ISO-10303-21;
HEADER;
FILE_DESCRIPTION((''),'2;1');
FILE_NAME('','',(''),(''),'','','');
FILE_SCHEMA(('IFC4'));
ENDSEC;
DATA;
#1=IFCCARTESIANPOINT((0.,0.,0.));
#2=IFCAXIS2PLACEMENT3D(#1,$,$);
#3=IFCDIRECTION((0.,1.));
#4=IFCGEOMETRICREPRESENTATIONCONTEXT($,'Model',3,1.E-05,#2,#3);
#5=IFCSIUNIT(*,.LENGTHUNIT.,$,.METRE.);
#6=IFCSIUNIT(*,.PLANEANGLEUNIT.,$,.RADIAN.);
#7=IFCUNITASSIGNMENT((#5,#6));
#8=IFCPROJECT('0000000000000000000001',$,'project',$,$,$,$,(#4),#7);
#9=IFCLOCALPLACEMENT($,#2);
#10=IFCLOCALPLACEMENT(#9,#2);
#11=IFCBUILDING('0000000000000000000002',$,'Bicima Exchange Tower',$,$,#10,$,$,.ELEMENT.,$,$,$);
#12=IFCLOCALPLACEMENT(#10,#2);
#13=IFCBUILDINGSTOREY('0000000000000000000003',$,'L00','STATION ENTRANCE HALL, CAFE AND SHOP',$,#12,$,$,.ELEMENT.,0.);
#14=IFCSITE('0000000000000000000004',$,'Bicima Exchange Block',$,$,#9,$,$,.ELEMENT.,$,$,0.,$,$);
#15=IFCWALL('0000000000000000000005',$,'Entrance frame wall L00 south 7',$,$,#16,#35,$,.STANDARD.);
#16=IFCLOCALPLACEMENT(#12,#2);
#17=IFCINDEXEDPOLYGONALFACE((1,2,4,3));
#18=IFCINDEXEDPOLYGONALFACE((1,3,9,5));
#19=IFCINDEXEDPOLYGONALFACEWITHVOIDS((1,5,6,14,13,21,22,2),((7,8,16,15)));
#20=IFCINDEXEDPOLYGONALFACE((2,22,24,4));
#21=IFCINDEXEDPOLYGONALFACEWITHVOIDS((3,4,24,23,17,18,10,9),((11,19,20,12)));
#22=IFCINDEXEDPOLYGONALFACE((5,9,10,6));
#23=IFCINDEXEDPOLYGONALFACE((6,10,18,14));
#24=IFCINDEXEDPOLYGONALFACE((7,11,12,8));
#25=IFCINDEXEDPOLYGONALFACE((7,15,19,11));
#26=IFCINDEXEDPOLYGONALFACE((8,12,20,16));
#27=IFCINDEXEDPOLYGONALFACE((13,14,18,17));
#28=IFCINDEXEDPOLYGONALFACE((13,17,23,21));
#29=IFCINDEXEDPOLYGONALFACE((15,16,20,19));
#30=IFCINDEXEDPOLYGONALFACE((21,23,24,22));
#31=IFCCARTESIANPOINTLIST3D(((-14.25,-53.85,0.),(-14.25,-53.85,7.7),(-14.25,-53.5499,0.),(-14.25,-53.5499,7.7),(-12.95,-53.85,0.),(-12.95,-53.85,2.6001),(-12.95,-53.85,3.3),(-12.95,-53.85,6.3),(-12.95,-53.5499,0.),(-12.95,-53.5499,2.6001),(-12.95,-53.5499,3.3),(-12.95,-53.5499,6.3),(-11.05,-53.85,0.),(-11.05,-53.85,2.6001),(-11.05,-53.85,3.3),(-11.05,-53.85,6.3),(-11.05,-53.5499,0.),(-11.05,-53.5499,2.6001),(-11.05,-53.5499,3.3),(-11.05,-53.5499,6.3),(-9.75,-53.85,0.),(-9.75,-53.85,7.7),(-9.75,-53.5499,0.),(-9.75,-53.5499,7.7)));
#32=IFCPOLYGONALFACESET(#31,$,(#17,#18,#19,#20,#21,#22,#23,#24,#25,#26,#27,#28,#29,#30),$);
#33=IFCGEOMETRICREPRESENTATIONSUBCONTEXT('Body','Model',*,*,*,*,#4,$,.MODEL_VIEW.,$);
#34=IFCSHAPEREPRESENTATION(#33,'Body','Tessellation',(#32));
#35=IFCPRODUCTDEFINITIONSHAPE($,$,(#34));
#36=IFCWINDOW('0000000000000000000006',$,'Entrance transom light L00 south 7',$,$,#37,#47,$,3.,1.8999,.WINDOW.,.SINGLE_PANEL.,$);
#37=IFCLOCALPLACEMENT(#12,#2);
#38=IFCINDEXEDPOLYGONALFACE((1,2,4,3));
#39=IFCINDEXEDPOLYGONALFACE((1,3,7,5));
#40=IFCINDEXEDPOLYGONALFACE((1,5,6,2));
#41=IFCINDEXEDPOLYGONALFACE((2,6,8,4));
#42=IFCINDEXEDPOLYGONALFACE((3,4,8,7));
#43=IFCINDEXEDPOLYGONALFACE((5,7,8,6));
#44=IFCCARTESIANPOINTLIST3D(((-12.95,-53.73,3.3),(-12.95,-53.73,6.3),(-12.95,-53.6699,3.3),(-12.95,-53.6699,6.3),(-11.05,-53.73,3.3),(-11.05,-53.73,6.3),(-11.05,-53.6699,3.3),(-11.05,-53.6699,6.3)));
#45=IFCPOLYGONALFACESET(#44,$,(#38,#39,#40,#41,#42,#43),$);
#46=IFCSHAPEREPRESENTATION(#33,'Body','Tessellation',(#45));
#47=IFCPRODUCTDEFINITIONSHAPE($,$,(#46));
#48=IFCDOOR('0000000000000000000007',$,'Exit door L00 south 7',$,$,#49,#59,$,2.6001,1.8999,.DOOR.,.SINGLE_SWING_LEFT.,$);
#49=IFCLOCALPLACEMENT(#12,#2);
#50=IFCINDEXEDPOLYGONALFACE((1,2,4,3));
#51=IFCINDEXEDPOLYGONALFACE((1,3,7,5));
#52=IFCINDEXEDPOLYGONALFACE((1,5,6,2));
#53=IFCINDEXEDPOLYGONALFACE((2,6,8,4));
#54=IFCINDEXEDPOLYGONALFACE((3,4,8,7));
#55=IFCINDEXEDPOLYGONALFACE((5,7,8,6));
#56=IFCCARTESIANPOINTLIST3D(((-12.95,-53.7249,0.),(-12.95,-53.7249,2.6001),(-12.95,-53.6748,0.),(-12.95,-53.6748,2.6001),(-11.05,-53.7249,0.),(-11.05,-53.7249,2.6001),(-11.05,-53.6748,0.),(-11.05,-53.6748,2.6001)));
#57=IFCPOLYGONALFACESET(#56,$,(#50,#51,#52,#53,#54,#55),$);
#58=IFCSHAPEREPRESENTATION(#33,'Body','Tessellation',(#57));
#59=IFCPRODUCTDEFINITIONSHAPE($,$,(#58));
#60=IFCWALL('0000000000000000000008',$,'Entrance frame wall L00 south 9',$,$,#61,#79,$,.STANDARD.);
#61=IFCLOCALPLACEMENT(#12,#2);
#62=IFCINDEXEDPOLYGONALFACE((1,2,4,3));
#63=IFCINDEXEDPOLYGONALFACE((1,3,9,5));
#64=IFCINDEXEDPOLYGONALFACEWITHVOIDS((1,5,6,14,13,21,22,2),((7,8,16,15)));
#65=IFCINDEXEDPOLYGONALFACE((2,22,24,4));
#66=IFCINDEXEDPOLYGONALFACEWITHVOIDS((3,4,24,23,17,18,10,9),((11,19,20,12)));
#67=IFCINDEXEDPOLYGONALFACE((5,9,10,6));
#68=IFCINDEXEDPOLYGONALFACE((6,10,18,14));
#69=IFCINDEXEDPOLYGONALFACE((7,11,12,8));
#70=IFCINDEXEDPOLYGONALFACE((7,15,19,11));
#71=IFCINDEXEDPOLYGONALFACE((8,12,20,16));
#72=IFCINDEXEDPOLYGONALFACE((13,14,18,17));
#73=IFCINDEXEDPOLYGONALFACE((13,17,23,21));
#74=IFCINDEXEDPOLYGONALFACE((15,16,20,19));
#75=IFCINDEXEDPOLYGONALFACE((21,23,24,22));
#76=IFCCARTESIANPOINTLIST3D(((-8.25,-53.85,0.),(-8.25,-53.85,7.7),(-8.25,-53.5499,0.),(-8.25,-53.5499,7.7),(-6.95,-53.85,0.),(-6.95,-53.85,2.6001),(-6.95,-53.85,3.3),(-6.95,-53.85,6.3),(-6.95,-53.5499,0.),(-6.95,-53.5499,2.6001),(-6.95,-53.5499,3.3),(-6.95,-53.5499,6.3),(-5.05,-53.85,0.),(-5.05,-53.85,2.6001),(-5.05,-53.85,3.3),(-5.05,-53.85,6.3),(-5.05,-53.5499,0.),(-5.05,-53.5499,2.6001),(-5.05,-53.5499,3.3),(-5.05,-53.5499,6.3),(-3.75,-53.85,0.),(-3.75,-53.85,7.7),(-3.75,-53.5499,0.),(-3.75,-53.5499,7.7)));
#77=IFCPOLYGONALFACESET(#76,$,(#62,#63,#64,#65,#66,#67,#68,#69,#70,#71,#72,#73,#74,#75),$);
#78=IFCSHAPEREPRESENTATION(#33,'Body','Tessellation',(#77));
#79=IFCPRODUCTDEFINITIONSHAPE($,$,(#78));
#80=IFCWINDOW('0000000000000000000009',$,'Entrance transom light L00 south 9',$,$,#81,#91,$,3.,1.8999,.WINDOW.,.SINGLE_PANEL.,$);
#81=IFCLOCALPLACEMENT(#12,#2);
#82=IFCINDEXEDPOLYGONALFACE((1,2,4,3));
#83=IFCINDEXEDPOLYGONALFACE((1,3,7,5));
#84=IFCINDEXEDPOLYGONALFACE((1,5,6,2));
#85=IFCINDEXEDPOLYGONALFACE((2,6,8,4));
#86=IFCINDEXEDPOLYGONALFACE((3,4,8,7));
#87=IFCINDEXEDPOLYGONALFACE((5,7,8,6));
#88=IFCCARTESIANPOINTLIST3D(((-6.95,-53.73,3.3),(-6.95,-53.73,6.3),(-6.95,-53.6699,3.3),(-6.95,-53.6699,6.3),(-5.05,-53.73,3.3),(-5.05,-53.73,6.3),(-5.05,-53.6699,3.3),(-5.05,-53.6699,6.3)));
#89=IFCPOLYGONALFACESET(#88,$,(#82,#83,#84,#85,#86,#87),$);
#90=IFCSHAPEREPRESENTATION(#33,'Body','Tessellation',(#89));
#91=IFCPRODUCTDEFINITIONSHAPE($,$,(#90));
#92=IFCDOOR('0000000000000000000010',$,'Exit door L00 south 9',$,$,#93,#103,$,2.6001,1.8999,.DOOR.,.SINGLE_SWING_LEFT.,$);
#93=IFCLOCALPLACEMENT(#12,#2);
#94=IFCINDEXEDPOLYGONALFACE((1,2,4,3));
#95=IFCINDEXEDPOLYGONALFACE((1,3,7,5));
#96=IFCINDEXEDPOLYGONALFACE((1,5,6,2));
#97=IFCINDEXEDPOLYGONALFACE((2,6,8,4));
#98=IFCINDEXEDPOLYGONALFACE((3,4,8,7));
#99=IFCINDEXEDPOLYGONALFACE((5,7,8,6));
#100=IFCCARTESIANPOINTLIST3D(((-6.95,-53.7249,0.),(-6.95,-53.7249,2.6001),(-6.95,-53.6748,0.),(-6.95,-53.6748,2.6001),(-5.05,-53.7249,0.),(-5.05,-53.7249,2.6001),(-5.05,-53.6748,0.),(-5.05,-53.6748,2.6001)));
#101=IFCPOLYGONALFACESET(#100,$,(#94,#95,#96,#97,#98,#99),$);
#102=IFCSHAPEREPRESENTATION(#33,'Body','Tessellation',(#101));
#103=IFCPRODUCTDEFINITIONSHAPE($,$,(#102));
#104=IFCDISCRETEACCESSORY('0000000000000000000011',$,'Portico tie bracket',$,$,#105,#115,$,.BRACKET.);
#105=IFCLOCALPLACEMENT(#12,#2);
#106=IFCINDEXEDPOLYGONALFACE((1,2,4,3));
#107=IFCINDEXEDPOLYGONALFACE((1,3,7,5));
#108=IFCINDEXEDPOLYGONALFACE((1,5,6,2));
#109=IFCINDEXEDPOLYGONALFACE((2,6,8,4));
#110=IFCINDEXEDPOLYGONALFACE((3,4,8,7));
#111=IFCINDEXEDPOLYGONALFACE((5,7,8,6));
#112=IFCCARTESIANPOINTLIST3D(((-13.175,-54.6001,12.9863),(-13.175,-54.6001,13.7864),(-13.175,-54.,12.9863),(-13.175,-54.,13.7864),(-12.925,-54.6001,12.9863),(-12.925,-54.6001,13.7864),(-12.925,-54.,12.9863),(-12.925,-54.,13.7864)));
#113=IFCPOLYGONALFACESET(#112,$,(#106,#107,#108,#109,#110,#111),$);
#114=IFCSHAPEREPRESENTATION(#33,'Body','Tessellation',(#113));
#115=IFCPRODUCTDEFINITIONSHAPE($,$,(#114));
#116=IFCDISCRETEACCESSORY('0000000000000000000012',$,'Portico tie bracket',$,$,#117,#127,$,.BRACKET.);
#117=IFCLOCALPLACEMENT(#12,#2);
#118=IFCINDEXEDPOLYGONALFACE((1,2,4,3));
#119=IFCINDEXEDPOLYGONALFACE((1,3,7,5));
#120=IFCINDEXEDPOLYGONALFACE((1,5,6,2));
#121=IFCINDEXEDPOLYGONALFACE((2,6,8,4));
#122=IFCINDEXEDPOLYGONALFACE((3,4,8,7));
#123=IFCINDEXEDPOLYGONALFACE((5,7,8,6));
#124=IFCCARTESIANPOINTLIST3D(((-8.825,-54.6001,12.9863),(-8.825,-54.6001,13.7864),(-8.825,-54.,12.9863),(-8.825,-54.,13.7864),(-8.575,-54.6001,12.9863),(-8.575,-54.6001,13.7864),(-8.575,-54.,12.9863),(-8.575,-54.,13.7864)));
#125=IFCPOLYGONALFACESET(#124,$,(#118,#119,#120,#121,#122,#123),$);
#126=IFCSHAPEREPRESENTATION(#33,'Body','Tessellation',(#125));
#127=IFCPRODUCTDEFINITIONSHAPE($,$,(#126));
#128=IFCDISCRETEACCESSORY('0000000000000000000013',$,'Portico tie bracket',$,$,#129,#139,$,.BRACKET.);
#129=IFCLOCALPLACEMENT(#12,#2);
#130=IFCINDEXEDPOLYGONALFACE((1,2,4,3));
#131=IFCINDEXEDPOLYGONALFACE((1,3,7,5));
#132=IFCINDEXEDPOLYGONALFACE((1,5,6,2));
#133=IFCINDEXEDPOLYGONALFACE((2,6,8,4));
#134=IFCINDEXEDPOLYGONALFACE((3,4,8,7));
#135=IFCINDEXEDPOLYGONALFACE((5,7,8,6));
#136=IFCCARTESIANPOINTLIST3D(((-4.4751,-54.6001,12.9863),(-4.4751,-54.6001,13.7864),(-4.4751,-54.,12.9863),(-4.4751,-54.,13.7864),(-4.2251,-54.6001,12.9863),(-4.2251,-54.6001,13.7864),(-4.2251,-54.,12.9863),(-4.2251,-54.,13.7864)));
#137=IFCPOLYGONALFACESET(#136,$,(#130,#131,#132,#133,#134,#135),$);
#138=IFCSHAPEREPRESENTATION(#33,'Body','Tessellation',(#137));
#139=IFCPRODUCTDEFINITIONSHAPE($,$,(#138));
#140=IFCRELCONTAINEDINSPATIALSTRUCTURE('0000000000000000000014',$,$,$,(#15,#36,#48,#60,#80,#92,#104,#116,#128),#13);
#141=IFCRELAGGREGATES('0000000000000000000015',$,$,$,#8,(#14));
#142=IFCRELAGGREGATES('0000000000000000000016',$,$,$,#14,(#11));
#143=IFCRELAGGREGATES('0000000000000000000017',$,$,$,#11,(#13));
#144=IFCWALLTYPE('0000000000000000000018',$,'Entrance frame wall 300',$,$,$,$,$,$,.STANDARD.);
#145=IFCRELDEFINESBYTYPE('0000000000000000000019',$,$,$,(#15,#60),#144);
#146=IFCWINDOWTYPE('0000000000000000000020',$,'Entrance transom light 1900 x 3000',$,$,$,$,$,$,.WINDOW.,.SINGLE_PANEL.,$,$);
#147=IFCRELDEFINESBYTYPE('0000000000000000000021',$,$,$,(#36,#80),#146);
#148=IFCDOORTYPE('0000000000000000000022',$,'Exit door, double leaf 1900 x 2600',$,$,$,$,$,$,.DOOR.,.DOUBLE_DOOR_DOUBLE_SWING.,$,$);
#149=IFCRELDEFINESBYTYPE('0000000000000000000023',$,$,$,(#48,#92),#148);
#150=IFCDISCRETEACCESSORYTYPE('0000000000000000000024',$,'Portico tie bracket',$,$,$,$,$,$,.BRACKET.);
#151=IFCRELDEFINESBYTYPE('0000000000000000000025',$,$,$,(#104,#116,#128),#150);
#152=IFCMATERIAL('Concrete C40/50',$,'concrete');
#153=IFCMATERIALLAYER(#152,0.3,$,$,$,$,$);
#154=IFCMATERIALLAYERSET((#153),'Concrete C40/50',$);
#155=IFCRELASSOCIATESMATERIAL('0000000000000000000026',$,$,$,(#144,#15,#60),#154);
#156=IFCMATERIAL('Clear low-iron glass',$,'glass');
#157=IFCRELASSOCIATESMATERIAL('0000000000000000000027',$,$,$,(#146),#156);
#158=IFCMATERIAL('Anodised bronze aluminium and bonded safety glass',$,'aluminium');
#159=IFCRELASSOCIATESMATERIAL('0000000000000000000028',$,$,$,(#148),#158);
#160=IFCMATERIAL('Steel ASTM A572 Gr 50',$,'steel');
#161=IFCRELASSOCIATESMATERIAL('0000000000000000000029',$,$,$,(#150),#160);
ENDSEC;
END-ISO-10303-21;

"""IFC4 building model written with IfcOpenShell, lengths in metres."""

from ifc_helpers import new_model, si_unit, direction, frame, frame_2d, origin, origin_2d, place, context, subcontext, project, spatial, rectangle, extrude, material, layer, layer_set, layer_usage, type_object, element, fill, save


model = new_model("IFC4")

# Units and contexts
model_context = context("Model", 3, precision=1e-05, world=origin(), true_north=direction((0.0, 1.0)))
body_context = subcontext(model_context, "Body", "Model", "MODEL_VIEW")
ifc_project = project(units=[si_unit("LENGTHUNIT", "METRE"), si_unit("PLANEANGLEUNIT", "RADIAN")], contexts=[model_context])

# Site, building, storey
site_placement = place(None, origin())
site = spatial("IfcSite", under=ifc_project, at=site_placement, Name="Bicima Exchange Block", CompositionType="ELEMENT", RefElevation=0.0)
building_placement = place(site_placement, origin())
building = spatial("IfcBuilding", under=site, at=building_placement, Name="Bicima Exchange Tower", CompositionType="ELEMENT")
storey_placement = place(building_placement, origin())
storey = spatial("IfcBuildingStorey", under=building, at=storey_placement, Name="L00", Description="STATION ENTRANCE HALL, CAFE AND SHOP", CompositionType="ELEMENT", Elevation=0.0)

# Shared definitions
ifc_material_1 = material(Name="Clear low-iron glass", Category="glass")

# Walls, openings, windows, doors
ifc_material_2 = material(Name="Concrete C40/50", Category="concrete")
ifc_layer_1 = layer(ifc_material_2, 0.3)
ifc_layer_set_1 = layer_set([ifc_layer_1], Name="Concrete C40/50")
ifc_layer_usage = layer_usage(ifc_layer_set_1, "AXIS2", "POSITIVE", -0.15)
wall_type = type_object("IfcWallType", Name="Entrance frame wall 300", PredefinedType="STANDARD", material=ifc_layer_set_1)
wall_1_placement = place(storey_placement, frame((-9.75, -53.7, 0.0), z_axis=(0.0, 0.0, 1.0), x_axis=(-1.0, 0.0, 0.0)))
wall_1 = element("IfcWall", 1, at=wall_1_placement, inside=storey, type_object=wall_type, material=ifc_layer_usage, Name="Entrance frame wall L00 south 7", PredefinedType="STANDARD", context=body_context, shape_type="SweptSolid", body=[
    extrude(rectangle(XDim=4.5, YDim=0.3, at=frame_2d((2.25, 0.0))), origin(), (0.0, 0.0, 1.0), 7.7),
])
opening_1_placement = place(wall_1_placement, frame((1.3, 0.0, 0.0)))
opening_1 = element("IfcOpeningElement", 2, at=opening_1_placement, cuts=wall_1, PredefinedType="OPENING", context=body_context, shape_type="SweptSolid", body=[
    extrude(rectangle(XDim=1.8999, YDim=2.6001, at=frame_2d((0.95, 1.3))), frame((0.0, 0.1621, 0.0), z_axis=(0.0, -1.0, 0.0), x_axis=(1.0, 0.0, 0.0)), (0.0, 0.0, 1.0), 0.324),
])
opening_2_placement = place(wall_1_placement, frame((1.3, 0.0, 3.3)))
opening_2 = element("IfcOpeningElement", 3, at=opening_2_placement, cuts=wall_1, PredefinedType="OPENING", context=body_context, shape_type="SweptSolid", body=[
    extrude(rectangle(XDim=1.8999, YDim=3.0, at=frame_2d((0.95, 1.5))), frame((0.0, 0.1621, 0.0), z_axis=(0.0, -1.0, 0.0), x_axis=(1.0, 0.0, 0.0)), (0.0, 0.0, 1.0), 0.324),
])
window_type = type_object("IfcWindowType", Name="Entrance transom light 1900 x 3000", PartitioningType="SINGLE_PANEL", PredefinedType="WINDOW", material=ifc_material_1)
window_1_placement = place(opening_2_placement, origin())
window_1 = element("IfcWindow", 4, at=window_1_placement, inside=storey, type_object=window_type, Name="Entrance transom light L00 south 7", OverallHeight=3.0, OverallWidth=1.8999, PartitioningType="SINGLE_PANEL", PredefinedType="WINDOW", context=body_context, shape_type="SweptSolid", body=[
    extrude(rectangle(XDim=1.8999, YDim=3.0, at=frame_2d((0.95, 1.5))), frame((0.0, 0.03, 0.0), z_axis=(0.0, -1.0, 0.0), x_axis=(1.0, 0.0, 0.0)), (0.0, 0.0, 1.0), 0.0601),
])
fill(opening_2, window_1)
ifc_material_3 = material(Name="Anodised bronze aluminium and bonded safety glass", Category="aluminium")
door_type = type_object("IfcDoorType", Name="Exit door, double leaf 1900 x 2600", OperationType="DOUBLE_DOOR_DOUBLE_SWING", PredefinedType="DOOR", material=ifc_material_3)
door_1_placement = place(opening_1_placement, origin())
door_1 = element("IfcDoor", 5, at=door_1_placement, inside=storey, type_object=door_type, Name="Exit door L00 south 7", OperationType="SINGLE_SWING_LEFT", OverallHeight=2.6001, OverallWidth=1.8999, PredefinedType="DOOR", context=body_context, shape_type="SweptSolid", body=[
    extrude(rectangle(XDim=1.8999, YDim=2.6001, at=frame_2d((0.95, 1.3))), frame((0.0, 0.0249, 0.0), z_axis=(0.0, -1.0, 0.0), x_axis=(1.0, 0.0, 0.0)), (0.0, 0.0, 1.0), 0.05),
])
fill(opening_1, door_1)
wall_2_placement = place(storey_placement, frame((-3.75, -53.7, 0.0), z_axis=(0.0, 0.0, 1.0), x_axis=(-1.0, 0.0, 0.0)))
wall_2 = element("IfcWall", 6, at=wall_2_placement, inside=storey, type_object=wall_type, material=ifc_layer_usage, Name="Entrance frame wall L00 south 9", PredefinedType="STANDARD", context=body_context, shape_type="SweptSolid", body=[
    extrude(rectangle(XDim=4.5, YDim=0.3, at=frame_2d((2.25, 0.0))), origin(), (0.0, 0.0, 1.0), 7.7),
])
opening_3_placement = place(wall_2_placement, frame((1.3, 0.0, 0.0)))
opening_3 = element("IfcOpeningElement", 7, at=opening_3_placement, cuts=wall_2, PredefinedType="OPENING", context=body_context, shape_type="SweptSolid", body=[
    extrude(rectangle(XDim=1.8999, YDim=2.6001, at=frame_2d((0.95, 1.3))), frame((0.0, 0.1621, 0.0), z_axis=(0.0, -1.0, 0.0), x_axis=(1.0, 0.0, 0.0)), (0.0, 0.0, 1.0), 0.324),
])
opening_4_placement = place(wall_2_placement, frame((1.3, 0.0, 3.3)))
opening_4 = element("IfcOpeningElement", 8, at=opening_4_placement, cuts=wall_2, PredefinedType="OPENING", context=body_context, shape_type="SweptSolid", body=[
    extrude(rectangle(XDim=1.8999, YDim=3.0, at=frame_2d((0.95, 1.5))), frame((0.0, 0.1621, 0.0), z_axis=(0.0, -1.0, 0.0), x_axis=(1.0, 0.0, 0.0)), (0.0, 0.0, 1.0), 0.324),
])
window_2_placement = place(opening_4_placement, origin())
window_2 = element("IfcWindow", 9, at=window_2_placement, inside=storey, type_object=window_type, Name="Entrance transom light L00 south 9", OverallHeight=3.0, OverallWidth=1.8999, PartitioningType="SINGLE_PANEL", PredefinedType="WINDOW", context=body_context, shape_type="SweptSolid", body=[
    extrude(rectangle(XDim=1.8999, YDim=3.0, at=frame_2d((0.95, 1.5))), frame((0.0, 0.03, 0.0), z_axis=(0.0, -1.0, 0.0), x_axis=(1.0, 0.0, 0.0)), (0.0, 0.0, 1.0), 0.0601),
])
fill(opening_4, window_2)
door_2_placement = place(opening_3_placement, origin())
door_2 = element("IfcDoor", 10, at=door_2_placement, inside=storey, type_object=door_type, Name="Exit door L00 south 9", OperationType="SINGLE_SWING_LEFT", OverallHeight=2.6001, OverallWidth=1.8999, PredefinedType="DOOR", context=body_context, shape_type="SweptSolid", body=[
    extrude(rectangle(XDim=1.8999, YDim=2.6001, at=frame_2d((0.95, 1.3))), frame((0.0, 0.0249, 0.0), z_axis=(0.0, -1.0, 0.0), x_axis=(1.0, 0.0, 0.0)), (0.0, 0.0, 1.0), 0.05),
])
fill(opening_3, door_2)

# Discrete accessories
ifc_material_4 = material(Name="Steel ASTM A572 Gr 50", Category="steel")
discrete_accessory_type = type_object("IfcDiscreteAccessoryType", Name="Portico tie bracket", PredefinedType="BRACKET", material=ifc_material_4)
for number, where, z_axis, x_axis, name in (
    (11, (-13.05, -54.3, 12.9863), (0.0, 0.0, 1.0), (1.0, 0.0, 0.0), "Portico tie bracket"),
    (12, (-8.7, -54.3, 12.9863), (0.0, 0.0, 1.0), (1.0, 0.0, 0.0), "Portico tie bracket"),
    (13, (-4.3501, -54.3, 12.9863), (0.0, 0.0, 1.0), (1.0, 0.0, 0.0), "Portico tie bracket"),
):
    element("IfcDiscreteAccessory", number, at=place(storey_placement, frame(where, z_axis=z_axis, x_axis=x_axis)), inside=storey, type_object=discrete_accessory_type, Name=name, PredefinedType="BRACKET", context=body_context, shape_type="SweptSolid", body=[
        extrude(rectangle(XDim=0.25, YDim=0.6001, at=origin_2d()), origin(), (0.0, 0.0, 1.0), 0.8),
    ])

save(model, "model.ifc")
